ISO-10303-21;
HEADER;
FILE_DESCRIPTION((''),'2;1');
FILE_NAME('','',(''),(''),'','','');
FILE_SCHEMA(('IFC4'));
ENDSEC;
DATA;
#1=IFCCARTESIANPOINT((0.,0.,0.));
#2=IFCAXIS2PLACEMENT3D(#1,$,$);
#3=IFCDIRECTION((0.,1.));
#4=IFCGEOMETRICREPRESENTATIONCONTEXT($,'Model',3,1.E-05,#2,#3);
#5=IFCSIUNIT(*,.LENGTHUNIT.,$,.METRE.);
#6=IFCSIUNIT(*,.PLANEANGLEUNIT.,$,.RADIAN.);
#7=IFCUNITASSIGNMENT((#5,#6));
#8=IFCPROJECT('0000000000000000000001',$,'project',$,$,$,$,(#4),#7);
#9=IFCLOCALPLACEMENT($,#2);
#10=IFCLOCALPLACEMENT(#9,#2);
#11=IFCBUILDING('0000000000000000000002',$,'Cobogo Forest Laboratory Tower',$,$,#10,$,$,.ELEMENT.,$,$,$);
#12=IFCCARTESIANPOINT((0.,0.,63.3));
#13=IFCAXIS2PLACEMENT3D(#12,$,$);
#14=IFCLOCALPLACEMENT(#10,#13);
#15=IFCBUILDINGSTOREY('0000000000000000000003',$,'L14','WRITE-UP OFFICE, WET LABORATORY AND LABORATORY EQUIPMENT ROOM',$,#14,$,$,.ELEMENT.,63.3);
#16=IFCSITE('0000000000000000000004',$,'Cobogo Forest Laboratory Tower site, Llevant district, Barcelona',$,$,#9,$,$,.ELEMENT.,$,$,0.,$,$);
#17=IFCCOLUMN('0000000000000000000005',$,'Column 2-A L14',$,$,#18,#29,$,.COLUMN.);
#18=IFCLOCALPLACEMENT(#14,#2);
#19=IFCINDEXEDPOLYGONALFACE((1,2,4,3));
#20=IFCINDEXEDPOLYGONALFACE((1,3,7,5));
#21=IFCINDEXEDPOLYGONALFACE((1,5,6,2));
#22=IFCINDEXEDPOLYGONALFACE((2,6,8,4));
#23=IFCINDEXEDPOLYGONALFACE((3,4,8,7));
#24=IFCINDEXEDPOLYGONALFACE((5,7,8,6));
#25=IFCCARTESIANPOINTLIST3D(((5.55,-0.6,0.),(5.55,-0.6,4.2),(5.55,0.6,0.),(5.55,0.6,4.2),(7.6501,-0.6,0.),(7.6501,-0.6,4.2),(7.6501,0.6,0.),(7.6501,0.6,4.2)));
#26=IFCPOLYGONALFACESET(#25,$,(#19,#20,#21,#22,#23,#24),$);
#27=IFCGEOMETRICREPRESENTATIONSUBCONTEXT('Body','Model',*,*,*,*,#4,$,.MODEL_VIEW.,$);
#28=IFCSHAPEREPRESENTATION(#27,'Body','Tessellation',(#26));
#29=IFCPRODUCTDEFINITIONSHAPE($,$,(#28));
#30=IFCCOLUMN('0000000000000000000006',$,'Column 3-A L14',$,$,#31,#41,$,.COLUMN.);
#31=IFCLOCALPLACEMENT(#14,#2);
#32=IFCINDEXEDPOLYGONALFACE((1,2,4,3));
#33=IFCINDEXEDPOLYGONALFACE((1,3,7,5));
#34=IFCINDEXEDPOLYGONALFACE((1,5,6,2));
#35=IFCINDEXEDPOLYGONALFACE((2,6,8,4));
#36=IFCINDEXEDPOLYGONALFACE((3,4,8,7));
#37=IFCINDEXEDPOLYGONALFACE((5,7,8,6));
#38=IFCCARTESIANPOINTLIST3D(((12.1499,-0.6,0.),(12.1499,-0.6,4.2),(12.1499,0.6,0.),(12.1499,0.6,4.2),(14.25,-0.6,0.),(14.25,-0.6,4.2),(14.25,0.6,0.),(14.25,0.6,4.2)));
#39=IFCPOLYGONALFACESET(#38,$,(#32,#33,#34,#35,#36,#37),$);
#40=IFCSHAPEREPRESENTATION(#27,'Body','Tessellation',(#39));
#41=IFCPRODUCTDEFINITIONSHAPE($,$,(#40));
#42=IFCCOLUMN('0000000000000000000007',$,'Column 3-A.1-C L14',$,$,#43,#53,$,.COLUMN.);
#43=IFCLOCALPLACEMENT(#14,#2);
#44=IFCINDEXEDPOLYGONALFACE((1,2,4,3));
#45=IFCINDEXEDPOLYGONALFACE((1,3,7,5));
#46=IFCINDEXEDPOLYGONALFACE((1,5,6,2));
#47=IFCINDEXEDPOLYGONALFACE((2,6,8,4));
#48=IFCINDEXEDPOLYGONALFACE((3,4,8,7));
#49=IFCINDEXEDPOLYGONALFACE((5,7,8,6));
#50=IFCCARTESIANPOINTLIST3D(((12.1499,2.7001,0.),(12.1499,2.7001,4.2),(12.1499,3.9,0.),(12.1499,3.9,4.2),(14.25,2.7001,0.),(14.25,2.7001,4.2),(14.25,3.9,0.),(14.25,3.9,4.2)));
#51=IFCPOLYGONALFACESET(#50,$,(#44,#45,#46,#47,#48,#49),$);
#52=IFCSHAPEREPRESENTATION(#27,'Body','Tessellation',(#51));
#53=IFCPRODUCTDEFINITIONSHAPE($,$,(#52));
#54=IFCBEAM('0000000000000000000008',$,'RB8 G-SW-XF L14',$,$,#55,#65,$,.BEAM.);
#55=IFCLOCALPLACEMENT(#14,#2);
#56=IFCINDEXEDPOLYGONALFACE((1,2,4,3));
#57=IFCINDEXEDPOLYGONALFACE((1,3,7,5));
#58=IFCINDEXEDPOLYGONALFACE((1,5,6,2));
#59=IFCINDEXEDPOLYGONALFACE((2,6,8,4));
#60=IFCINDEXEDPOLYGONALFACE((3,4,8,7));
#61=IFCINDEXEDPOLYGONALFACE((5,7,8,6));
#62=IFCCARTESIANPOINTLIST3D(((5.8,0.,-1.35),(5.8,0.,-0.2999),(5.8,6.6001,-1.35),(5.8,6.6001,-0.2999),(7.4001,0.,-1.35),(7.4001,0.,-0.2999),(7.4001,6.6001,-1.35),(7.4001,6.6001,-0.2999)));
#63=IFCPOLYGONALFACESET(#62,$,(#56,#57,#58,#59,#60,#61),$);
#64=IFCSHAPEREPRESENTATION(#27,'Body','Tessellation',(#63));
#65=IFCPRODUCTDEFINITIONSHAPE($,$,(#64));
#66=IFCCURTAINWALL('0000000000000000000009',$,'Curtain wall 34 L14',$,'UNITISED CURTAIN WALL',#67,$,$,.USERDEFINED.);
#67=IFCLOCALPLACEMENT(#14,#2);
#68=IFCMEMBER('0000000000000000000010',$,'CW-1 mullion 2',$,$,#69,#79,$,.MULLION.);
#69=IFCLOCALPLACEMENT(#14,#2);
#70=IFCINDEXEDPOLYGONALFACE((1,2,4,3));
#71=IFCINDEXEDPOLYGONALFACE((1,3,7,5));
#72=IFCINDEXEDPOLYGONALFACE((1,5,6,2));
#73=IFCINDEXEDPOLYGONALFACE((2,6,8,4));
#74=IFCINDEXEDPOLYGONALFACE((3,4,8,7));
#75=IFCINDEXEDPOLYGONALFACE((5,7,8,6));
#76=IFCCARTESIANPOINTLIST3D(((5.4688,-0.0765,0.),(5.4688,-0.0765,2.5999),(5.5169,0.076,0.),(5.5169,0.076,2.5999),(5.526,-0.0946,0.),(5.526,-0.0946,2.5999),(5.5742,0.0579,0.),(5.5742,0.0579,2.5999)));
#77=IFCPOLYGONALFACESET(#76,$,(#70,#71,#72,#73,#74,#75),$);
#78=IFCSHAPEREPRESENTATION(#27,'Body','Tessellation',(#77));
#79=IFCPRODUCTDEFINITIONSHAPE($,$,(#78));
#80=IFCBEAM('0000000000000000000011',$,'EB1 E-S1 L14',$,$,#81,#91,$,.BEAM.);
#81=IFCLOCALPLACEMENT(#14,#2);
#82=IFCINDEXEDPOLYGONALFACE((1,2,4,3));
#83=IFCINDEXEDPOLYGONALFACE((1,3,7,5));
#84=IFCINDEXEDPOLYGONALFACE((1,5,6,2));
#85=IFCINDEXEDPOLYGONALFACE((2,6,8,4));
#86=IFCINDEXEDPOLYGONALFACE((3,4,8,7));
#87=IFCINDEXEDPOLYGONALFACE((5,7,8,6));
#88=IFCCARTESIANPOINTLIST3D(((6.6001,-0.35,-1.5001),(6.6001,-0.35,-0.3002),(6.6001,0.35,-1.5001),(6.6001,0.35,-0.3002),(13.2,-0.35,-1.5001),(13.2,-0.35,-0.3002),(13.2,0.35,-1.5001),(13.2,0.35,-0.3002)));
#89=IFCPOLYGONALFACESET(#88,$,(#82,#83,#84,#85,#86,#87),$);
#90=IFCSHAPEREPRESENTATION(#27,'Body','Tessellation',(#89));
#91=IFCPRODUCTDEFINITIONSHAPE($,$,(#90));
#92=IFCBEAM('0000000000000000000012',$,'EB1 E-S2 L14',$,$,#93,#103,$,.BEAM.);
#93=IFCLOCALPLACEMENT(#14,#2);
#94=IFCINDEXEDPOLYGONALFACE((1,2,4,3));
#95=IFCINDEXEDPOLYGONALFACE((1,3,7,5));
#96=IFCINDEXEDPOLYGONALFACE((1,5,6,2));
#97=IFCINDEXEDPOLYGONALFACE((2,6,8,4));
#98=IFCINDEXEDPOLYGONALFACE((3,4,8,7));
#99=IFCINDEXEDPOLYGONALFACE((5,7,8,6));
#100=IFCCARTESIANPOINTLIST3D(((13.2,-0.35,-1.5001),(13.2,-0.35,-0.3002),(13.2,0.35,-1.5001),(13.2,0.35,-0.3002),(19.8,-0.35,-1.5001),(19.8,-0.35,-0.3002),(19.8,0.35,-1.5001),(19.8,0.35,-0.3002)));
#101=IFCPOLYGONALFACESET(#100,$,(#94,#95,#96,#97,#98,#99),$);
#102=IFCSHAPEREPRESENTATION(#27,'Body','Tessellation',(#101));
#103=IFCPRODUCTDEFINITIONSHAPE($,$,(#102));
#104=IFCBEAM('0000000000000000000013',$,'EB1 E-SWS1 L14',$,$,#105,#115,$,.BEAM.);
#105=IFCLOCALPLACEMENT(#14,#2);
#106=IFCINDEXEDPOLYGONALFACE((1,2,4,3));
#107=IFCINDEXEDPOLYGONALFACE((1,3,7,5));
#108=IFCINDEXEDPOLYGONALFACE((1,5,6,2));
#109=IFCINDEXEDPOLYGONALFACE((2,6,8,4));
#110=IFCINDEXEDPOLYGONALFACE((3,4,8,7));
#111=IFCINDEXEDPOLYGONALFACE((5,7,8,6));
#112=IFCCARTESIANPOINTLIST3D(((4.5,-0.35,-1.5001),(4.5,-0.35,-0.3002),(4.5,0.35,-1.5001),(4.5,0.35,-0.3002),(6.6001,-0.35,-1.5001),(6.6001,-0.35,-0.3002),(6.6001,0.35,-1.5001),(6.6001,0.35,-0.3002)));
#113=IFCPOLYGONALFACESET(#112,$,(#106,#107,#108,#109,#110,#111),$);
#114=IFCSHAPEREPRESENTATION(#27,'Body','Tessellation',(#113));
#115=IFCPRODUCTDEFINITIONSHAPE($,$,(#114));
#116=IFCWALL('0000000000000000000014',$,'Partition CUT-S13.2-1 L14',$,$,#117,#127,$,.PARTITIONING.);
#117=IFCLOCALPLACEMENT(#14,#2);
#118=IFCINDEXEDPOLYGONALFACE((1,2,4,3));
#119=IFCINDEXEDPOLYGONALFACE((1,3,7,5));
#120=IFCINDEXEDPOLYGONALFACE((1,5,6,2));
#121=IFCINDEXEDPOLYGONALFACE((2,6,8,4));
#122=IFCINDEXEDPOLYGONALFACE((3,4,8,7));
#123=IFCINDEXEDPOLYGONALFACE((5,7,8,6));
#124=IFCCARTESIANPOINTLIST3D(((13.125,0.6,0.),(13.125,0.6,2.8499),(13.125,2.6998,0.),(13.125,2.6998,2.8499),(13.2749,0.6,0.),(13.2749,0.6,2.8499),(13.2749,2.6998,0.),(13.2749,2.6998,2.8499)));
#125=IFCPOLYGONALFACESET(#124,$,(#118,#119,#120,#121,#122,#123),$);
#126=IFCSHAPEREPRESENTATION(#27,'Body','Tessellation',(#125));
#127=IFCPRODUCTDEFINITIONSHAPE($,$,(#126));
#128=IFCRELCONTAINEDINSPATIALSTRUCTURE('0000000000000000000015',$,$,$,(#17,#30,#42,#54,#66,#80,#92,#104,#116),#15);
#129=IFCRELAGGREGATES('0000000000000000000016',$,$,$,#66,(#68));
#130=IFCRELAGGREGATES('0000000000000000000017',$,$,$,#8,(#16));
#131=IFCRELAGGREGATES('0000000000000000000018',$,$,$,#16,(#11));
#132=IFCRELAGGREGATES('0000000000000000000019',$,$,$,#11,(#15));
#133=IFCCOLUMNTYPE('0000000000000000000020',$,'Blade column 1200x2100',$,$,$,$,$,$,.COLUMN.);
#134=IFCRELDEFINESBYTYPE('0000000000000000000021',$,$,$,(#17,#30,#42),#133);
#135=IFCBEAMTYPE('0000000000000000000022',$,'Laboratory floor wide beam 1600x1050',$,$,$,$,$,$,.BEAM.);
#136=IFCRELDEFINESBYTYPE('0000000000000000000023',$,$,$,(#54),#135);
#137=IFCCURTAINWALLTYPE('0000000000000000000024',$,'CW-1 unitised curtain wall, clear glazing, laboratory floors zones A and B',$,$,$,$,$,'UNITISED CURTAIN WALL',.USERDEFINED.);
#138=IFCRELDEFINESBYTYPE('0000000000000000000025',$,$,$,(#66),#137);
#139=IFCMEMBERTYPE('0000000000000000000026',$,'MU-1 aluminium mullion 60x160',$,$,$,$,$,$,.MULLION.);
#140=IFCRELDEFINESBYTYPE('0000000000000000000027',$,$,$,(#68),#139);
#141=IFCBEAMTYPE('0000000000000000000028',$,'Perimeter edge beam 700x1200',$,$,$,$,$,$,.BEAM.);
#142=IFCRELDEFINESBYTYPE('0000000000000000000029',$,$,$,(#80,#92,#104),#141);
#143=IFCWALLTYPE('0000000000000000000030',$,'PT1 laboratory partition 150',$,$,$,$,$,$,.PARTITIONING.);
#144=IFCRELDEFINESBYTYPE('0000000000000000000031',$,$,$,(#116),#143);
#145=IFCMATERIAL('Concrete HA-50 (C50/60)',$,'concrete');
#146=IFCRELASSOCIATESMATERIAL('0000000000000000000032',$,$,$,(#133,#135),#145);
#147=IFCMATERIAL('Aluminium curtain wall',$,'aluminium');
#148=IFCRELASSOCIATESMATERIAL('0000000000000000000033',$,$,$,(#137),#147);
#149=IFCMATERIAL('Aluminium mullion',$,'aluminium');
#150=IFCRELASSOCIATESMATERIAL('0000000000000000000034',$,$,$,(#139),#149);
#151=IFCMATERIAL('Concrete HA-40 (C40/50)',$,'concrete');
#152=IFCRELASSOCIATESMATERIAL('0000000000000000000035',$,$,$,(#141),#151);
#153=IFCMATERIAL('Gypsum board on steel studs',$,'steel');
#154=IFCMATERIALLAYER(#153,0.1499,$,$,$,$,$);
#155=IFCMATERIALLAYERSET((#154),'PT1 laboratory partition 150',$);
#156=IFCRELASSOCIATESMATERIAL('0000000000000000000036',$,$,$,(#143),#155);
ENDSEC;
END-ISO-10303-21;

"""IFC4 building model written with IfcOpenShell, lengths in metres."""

from ifc_helpers import new_model, si_unit, direction, frame, frame_2d, origin, origin_2d, place, context, subcontext, project, spatial, rectangle, extrude, material, layer, layer_set, material_profile, profile_set, type_object, element, aggregate, save


model = new_model("IFC4")

# Units and contexts
model_context = context("Model", 3, precision=1e-05, world=origin(), true_north=direction((0.0, 1.0)))
body_context = subcontext(model_context, "Body", "Model", "MODEL_VIEW")
ifc_project = project(units=[si_unit("LENGTHUNIT", "METRE"), si_unit("PLANEANGLEUNIT", "RADIAN")], contexts=[model_context])

# Site, building, storey
site_placement = place(None, origin())
site = spatial("IfcSite", under=ifc_project, at=site_placement, Name="Cobogo Forest Laboratory Tower site, Llevant district, Barcelona", CompositionType="ELEMENT", RefElevation=0.0)
building_placement = place(site_placement, origin())
building = spatial("IfcBuilding", under=site, at=building_placement, Name="Cobogo Forest Laboratory Tower", CompositionType="ELEMENT")
storey_placement = place(building_placement, frame((0.0, 0.0, 63.3)))
storey = spatial("IfcBuildingStorey", under=building, at=storey_placement, Name="L14", Description="WRITE-UP OFFICE, WET LABORATORY AND LABORATORY EQUIPMENT ROOM", CompositionType="ELEMENT", Elevation=63.3)

# Columns
ifc_material_1 = material(Name="Concrete HA-50 (C50/60)", Category="concrete")
ifc_material_profile_1 = material_profile(ifc_material_1, rectangle(XDim=2.1001, YDim=1.2, at=origin_2d()), Name="RC 1200x2100")
ifc_profile_set_1 = profile_set([ifc_material_profile_1], Name="Concrete HA-50 (C50/60)")
column_type = type_object("IfcColumnType", Name="Blade column 1200x2100", PredefinedType="COLUMN", material=ifc_profile_set_1)
for number, where, z_axis, x_axis, name in (
    (1, (6.6001, 0.0, 0.0), (0.0, 0.0, 1.0), (1.0, 0.0, 0.0), "Column 2-A L14"),
    (2, (13.2, 0.0, 0.0), (0.0, 0.0, 1.0), (1.0, 0.0, 0.0), "Column 3-A L14"),
    (3, (13.2, 3.3, 0.0), (0.0, 0.0, 1.0), (1.0, 0.0, 0.0), "Column 3-A.1-C L14"),
):
    element("IfcColumn", number, at=place(storey_placement, frame(where, z_axis=z_axis, x_axis=x_axis)), inside=storey, type_object=column_type, Name=name, PredefinedType="COLUMN", context=body_context, shape_type="SweptSolid", body=[
        extrude(rectangle(XDim=2.1001, YDim=1.2, at=origin_2d()), origin(), (0.0, 0.0, 1.0), 4.2),
    ])

# Beam
ifc_material_profile_2 = material_profile(ifc_material_1, rectangle(XDim=1.6001, YDim=1.05, at=origin_2d()), Name="RC 1600x1050")
ifc_profile_set_2 = profile_set([ifc_material_profile_2], Name="Concrete HA-50 (C50/60)")
beam_type_1 = type_object("IfcBeamType", Name="Laboratory floor wide beam 1600x1050", PredefinedType="BEAM", material=ifc_profile_set_2)
beam_1_placement = place(storey_placement, frame((6.6001, 0.0, -0.825), z_axis=(0.0, 1.0, 0.0), x_axis=(-1.0, 0.0, 0.0)))
element("IfcBeam", 4, at=beam_1_placement, inside=storey, type_object=beam_type_1, Name="RB8 G-SW-XF L14", PredefinedType="BEAM", context=body_context, shape_type="SweptSolid", body=[
    extrude(rectangle(XDim=1.6001, YDim=1.05, at=origin_2d()), origin(), (0.0, 0.0, 1.0), 6.6001),
])

# Curtain wall, member
ifc_material_2 = material(Name="Aluminium curtain wall", Category="aluminium")
curtain_wall_type = type_object("IfcCurtainWallType", Name="CW-1 unitised curtain wall, clear glazing, laboratory floors zones A and B", ElementType="UNITISED CURTAIN WALL", PredefinedType="USERDEFINED", material=ifc_material_2)
curtain_wall_placement = place(storey_placement, origin())
curtain_wall = element("IfcCurtainWall", 5, at=curtain_wall_placement, inside=storey, type_object=curtain_wall_type, Name="Curtain wall 34 L14", ObjectType="UNITISED CURTAIN WALL", PredefinedType="USERDEFINED")
ifc_material_3 = material(Name="Aluminium mullion", Category="aluminium")
ifc_material_profile_3 = material_profile(ifc_material_3, rectangle(XDim=0.0601, YDim=0.1599, at=origin_2d()), Name="AL 60x160")
ifc_profile_set_3 = profile_set([ifc_material_profile_3], Name="Aluminium mullion")
member_type = type_object("IfcMemberType", Name="MU-1 aluminium mullion 60x160", PredefinedType="MULLION", material=ifc_profile_set_3)
member_placement = place(storey_placement, frame((5.5215, -0.0093, 0.0), z_axis=(0.0, 0.0, 1.0), x_axis=(0.953582, -0.301135, 0.0)))
member = element("IfcMember", 6, at=member_placement, type_object=member_type, Name="CW-1 mullion 2", PredefinedType="MULLION", context=body_context, shape_type="SweptSolid", body=[
    extrude(rectangle(XDim=0.0601, YDim=0.1599, at=origin_2d()), origin(), (0.0, 0.0, 1.0), 2.5999),
])
aggregate(curtain_wall, [member])

# Beams
ifc_material_4 = material(Name="Concrete HA-40 (C40/50)", Category="concrete")
ifc_material_profile_4 = material_profile(ifc_material_4, rectangle(XDim=0.7, YDim=1.2, at=origin_2d()), Name="RC 700x1200")
ifc_profile_set_4 = profile_set([ifc_material_profile_4], Name="Concrete HA-40 (C40/50)")
beam_type_2 = type_object("IfcBeamType", Name="Perimeter edge beam 700x1200", PredefinedType="BEAM", material=ifc_profile_set_4)
beam_2_placement = place(storey_placement, frame((6.6001, 0.0, -0.9001), z_axis=(1.0, 0.0, 0.0), x_axis=(0.0, 1.0, 0.0)))
element("IfcBeam", 7, at=beam_2_placement, inside=storey, type_object=beam_type_2, Name="EB1 E-S1 L14", PredefinedType="BEAM", context=body_context, shape_type="SweptSolid", body=[
    extrude(rectangle(XDim=0.7, YDim=1.2, at=origin_2d()), origin(), (0.0, 0.0, 1.0), 6.5999),
])
beam_3_placement = place(storey_placement, frame((13.2, 0.0, -0.9001), z_axis=(1.0, 0.0, 0.0), x_axis=(0.0, 1.0, 0.0)))
element("IfcBeam", 8, at=beam_3_placement, inside=storey, type_object=beam_type_2, Name="EB1 E-S2 L14", PredefinedType="BEAM", context=body_context, shape_type="SweptSolid", body=[
    extrude(rectangle(XDim=0.7, YDim=1.2, at=origin_2d()), origin(), (0.0, 0.0, 1.0), 6.6001),
])
beam_4_placement = place(storey_placement, frame((6.6001, 0.0, -0.9001), z_axis=(-1.0, 0.0, 0.0), x_axis=(0.0, -1.0, 0.0)))
element("IfcBeam", 9, at=beam_4_placement, inside=storey, type_object=beam_type_2, Name="EB1 E-SWS1 L14", PredefinedType="BEAM", context=body_context, shape_type="SweptSolid", body=[
    extrude(rectangle(XDim=0.7, YDim=1.2, at=origin_2d()), origin(), (0.0, 0.0, 1.0), 2.1001),
])

# Wall
ifc_material_5 = material(Name="Gypsum board on steel studs", Category="steel")
ifc_layer = layer(ifc_material_5, 0.1499)
ifc_layer_set = layer_set([ifc_layer], Name="PT1 laboratory partition 150")
wall_type = type_object("IfcWallType", Name="PT1 laboratory partition 150", PredefinedType="PARTITIONING", material=ifc_layer_set)
wall_placement = place(storey_placement, frame((13.2, 0.6001, 0.0), z_axis=(0.0, 0.0, 1.0), x_axis=(0.0, 1.0, 0.0)))
element("IfcWall", 10, at=wall_placement, inside=storey, type_object=wall_type, Name="Partition CUT-S13.2-1 L14", PredefinedType="PARTITIONING", context=body_context, shape_type="SweptSolid", body=[
    extrude(rectangle(XDim=2.0999, YDim=0.1499, at=frame_2d((1.0498, 0.0))), origin(), (0.0, 0.0, 1.0), 2.8499),
])

save(model, "model.ifc")
